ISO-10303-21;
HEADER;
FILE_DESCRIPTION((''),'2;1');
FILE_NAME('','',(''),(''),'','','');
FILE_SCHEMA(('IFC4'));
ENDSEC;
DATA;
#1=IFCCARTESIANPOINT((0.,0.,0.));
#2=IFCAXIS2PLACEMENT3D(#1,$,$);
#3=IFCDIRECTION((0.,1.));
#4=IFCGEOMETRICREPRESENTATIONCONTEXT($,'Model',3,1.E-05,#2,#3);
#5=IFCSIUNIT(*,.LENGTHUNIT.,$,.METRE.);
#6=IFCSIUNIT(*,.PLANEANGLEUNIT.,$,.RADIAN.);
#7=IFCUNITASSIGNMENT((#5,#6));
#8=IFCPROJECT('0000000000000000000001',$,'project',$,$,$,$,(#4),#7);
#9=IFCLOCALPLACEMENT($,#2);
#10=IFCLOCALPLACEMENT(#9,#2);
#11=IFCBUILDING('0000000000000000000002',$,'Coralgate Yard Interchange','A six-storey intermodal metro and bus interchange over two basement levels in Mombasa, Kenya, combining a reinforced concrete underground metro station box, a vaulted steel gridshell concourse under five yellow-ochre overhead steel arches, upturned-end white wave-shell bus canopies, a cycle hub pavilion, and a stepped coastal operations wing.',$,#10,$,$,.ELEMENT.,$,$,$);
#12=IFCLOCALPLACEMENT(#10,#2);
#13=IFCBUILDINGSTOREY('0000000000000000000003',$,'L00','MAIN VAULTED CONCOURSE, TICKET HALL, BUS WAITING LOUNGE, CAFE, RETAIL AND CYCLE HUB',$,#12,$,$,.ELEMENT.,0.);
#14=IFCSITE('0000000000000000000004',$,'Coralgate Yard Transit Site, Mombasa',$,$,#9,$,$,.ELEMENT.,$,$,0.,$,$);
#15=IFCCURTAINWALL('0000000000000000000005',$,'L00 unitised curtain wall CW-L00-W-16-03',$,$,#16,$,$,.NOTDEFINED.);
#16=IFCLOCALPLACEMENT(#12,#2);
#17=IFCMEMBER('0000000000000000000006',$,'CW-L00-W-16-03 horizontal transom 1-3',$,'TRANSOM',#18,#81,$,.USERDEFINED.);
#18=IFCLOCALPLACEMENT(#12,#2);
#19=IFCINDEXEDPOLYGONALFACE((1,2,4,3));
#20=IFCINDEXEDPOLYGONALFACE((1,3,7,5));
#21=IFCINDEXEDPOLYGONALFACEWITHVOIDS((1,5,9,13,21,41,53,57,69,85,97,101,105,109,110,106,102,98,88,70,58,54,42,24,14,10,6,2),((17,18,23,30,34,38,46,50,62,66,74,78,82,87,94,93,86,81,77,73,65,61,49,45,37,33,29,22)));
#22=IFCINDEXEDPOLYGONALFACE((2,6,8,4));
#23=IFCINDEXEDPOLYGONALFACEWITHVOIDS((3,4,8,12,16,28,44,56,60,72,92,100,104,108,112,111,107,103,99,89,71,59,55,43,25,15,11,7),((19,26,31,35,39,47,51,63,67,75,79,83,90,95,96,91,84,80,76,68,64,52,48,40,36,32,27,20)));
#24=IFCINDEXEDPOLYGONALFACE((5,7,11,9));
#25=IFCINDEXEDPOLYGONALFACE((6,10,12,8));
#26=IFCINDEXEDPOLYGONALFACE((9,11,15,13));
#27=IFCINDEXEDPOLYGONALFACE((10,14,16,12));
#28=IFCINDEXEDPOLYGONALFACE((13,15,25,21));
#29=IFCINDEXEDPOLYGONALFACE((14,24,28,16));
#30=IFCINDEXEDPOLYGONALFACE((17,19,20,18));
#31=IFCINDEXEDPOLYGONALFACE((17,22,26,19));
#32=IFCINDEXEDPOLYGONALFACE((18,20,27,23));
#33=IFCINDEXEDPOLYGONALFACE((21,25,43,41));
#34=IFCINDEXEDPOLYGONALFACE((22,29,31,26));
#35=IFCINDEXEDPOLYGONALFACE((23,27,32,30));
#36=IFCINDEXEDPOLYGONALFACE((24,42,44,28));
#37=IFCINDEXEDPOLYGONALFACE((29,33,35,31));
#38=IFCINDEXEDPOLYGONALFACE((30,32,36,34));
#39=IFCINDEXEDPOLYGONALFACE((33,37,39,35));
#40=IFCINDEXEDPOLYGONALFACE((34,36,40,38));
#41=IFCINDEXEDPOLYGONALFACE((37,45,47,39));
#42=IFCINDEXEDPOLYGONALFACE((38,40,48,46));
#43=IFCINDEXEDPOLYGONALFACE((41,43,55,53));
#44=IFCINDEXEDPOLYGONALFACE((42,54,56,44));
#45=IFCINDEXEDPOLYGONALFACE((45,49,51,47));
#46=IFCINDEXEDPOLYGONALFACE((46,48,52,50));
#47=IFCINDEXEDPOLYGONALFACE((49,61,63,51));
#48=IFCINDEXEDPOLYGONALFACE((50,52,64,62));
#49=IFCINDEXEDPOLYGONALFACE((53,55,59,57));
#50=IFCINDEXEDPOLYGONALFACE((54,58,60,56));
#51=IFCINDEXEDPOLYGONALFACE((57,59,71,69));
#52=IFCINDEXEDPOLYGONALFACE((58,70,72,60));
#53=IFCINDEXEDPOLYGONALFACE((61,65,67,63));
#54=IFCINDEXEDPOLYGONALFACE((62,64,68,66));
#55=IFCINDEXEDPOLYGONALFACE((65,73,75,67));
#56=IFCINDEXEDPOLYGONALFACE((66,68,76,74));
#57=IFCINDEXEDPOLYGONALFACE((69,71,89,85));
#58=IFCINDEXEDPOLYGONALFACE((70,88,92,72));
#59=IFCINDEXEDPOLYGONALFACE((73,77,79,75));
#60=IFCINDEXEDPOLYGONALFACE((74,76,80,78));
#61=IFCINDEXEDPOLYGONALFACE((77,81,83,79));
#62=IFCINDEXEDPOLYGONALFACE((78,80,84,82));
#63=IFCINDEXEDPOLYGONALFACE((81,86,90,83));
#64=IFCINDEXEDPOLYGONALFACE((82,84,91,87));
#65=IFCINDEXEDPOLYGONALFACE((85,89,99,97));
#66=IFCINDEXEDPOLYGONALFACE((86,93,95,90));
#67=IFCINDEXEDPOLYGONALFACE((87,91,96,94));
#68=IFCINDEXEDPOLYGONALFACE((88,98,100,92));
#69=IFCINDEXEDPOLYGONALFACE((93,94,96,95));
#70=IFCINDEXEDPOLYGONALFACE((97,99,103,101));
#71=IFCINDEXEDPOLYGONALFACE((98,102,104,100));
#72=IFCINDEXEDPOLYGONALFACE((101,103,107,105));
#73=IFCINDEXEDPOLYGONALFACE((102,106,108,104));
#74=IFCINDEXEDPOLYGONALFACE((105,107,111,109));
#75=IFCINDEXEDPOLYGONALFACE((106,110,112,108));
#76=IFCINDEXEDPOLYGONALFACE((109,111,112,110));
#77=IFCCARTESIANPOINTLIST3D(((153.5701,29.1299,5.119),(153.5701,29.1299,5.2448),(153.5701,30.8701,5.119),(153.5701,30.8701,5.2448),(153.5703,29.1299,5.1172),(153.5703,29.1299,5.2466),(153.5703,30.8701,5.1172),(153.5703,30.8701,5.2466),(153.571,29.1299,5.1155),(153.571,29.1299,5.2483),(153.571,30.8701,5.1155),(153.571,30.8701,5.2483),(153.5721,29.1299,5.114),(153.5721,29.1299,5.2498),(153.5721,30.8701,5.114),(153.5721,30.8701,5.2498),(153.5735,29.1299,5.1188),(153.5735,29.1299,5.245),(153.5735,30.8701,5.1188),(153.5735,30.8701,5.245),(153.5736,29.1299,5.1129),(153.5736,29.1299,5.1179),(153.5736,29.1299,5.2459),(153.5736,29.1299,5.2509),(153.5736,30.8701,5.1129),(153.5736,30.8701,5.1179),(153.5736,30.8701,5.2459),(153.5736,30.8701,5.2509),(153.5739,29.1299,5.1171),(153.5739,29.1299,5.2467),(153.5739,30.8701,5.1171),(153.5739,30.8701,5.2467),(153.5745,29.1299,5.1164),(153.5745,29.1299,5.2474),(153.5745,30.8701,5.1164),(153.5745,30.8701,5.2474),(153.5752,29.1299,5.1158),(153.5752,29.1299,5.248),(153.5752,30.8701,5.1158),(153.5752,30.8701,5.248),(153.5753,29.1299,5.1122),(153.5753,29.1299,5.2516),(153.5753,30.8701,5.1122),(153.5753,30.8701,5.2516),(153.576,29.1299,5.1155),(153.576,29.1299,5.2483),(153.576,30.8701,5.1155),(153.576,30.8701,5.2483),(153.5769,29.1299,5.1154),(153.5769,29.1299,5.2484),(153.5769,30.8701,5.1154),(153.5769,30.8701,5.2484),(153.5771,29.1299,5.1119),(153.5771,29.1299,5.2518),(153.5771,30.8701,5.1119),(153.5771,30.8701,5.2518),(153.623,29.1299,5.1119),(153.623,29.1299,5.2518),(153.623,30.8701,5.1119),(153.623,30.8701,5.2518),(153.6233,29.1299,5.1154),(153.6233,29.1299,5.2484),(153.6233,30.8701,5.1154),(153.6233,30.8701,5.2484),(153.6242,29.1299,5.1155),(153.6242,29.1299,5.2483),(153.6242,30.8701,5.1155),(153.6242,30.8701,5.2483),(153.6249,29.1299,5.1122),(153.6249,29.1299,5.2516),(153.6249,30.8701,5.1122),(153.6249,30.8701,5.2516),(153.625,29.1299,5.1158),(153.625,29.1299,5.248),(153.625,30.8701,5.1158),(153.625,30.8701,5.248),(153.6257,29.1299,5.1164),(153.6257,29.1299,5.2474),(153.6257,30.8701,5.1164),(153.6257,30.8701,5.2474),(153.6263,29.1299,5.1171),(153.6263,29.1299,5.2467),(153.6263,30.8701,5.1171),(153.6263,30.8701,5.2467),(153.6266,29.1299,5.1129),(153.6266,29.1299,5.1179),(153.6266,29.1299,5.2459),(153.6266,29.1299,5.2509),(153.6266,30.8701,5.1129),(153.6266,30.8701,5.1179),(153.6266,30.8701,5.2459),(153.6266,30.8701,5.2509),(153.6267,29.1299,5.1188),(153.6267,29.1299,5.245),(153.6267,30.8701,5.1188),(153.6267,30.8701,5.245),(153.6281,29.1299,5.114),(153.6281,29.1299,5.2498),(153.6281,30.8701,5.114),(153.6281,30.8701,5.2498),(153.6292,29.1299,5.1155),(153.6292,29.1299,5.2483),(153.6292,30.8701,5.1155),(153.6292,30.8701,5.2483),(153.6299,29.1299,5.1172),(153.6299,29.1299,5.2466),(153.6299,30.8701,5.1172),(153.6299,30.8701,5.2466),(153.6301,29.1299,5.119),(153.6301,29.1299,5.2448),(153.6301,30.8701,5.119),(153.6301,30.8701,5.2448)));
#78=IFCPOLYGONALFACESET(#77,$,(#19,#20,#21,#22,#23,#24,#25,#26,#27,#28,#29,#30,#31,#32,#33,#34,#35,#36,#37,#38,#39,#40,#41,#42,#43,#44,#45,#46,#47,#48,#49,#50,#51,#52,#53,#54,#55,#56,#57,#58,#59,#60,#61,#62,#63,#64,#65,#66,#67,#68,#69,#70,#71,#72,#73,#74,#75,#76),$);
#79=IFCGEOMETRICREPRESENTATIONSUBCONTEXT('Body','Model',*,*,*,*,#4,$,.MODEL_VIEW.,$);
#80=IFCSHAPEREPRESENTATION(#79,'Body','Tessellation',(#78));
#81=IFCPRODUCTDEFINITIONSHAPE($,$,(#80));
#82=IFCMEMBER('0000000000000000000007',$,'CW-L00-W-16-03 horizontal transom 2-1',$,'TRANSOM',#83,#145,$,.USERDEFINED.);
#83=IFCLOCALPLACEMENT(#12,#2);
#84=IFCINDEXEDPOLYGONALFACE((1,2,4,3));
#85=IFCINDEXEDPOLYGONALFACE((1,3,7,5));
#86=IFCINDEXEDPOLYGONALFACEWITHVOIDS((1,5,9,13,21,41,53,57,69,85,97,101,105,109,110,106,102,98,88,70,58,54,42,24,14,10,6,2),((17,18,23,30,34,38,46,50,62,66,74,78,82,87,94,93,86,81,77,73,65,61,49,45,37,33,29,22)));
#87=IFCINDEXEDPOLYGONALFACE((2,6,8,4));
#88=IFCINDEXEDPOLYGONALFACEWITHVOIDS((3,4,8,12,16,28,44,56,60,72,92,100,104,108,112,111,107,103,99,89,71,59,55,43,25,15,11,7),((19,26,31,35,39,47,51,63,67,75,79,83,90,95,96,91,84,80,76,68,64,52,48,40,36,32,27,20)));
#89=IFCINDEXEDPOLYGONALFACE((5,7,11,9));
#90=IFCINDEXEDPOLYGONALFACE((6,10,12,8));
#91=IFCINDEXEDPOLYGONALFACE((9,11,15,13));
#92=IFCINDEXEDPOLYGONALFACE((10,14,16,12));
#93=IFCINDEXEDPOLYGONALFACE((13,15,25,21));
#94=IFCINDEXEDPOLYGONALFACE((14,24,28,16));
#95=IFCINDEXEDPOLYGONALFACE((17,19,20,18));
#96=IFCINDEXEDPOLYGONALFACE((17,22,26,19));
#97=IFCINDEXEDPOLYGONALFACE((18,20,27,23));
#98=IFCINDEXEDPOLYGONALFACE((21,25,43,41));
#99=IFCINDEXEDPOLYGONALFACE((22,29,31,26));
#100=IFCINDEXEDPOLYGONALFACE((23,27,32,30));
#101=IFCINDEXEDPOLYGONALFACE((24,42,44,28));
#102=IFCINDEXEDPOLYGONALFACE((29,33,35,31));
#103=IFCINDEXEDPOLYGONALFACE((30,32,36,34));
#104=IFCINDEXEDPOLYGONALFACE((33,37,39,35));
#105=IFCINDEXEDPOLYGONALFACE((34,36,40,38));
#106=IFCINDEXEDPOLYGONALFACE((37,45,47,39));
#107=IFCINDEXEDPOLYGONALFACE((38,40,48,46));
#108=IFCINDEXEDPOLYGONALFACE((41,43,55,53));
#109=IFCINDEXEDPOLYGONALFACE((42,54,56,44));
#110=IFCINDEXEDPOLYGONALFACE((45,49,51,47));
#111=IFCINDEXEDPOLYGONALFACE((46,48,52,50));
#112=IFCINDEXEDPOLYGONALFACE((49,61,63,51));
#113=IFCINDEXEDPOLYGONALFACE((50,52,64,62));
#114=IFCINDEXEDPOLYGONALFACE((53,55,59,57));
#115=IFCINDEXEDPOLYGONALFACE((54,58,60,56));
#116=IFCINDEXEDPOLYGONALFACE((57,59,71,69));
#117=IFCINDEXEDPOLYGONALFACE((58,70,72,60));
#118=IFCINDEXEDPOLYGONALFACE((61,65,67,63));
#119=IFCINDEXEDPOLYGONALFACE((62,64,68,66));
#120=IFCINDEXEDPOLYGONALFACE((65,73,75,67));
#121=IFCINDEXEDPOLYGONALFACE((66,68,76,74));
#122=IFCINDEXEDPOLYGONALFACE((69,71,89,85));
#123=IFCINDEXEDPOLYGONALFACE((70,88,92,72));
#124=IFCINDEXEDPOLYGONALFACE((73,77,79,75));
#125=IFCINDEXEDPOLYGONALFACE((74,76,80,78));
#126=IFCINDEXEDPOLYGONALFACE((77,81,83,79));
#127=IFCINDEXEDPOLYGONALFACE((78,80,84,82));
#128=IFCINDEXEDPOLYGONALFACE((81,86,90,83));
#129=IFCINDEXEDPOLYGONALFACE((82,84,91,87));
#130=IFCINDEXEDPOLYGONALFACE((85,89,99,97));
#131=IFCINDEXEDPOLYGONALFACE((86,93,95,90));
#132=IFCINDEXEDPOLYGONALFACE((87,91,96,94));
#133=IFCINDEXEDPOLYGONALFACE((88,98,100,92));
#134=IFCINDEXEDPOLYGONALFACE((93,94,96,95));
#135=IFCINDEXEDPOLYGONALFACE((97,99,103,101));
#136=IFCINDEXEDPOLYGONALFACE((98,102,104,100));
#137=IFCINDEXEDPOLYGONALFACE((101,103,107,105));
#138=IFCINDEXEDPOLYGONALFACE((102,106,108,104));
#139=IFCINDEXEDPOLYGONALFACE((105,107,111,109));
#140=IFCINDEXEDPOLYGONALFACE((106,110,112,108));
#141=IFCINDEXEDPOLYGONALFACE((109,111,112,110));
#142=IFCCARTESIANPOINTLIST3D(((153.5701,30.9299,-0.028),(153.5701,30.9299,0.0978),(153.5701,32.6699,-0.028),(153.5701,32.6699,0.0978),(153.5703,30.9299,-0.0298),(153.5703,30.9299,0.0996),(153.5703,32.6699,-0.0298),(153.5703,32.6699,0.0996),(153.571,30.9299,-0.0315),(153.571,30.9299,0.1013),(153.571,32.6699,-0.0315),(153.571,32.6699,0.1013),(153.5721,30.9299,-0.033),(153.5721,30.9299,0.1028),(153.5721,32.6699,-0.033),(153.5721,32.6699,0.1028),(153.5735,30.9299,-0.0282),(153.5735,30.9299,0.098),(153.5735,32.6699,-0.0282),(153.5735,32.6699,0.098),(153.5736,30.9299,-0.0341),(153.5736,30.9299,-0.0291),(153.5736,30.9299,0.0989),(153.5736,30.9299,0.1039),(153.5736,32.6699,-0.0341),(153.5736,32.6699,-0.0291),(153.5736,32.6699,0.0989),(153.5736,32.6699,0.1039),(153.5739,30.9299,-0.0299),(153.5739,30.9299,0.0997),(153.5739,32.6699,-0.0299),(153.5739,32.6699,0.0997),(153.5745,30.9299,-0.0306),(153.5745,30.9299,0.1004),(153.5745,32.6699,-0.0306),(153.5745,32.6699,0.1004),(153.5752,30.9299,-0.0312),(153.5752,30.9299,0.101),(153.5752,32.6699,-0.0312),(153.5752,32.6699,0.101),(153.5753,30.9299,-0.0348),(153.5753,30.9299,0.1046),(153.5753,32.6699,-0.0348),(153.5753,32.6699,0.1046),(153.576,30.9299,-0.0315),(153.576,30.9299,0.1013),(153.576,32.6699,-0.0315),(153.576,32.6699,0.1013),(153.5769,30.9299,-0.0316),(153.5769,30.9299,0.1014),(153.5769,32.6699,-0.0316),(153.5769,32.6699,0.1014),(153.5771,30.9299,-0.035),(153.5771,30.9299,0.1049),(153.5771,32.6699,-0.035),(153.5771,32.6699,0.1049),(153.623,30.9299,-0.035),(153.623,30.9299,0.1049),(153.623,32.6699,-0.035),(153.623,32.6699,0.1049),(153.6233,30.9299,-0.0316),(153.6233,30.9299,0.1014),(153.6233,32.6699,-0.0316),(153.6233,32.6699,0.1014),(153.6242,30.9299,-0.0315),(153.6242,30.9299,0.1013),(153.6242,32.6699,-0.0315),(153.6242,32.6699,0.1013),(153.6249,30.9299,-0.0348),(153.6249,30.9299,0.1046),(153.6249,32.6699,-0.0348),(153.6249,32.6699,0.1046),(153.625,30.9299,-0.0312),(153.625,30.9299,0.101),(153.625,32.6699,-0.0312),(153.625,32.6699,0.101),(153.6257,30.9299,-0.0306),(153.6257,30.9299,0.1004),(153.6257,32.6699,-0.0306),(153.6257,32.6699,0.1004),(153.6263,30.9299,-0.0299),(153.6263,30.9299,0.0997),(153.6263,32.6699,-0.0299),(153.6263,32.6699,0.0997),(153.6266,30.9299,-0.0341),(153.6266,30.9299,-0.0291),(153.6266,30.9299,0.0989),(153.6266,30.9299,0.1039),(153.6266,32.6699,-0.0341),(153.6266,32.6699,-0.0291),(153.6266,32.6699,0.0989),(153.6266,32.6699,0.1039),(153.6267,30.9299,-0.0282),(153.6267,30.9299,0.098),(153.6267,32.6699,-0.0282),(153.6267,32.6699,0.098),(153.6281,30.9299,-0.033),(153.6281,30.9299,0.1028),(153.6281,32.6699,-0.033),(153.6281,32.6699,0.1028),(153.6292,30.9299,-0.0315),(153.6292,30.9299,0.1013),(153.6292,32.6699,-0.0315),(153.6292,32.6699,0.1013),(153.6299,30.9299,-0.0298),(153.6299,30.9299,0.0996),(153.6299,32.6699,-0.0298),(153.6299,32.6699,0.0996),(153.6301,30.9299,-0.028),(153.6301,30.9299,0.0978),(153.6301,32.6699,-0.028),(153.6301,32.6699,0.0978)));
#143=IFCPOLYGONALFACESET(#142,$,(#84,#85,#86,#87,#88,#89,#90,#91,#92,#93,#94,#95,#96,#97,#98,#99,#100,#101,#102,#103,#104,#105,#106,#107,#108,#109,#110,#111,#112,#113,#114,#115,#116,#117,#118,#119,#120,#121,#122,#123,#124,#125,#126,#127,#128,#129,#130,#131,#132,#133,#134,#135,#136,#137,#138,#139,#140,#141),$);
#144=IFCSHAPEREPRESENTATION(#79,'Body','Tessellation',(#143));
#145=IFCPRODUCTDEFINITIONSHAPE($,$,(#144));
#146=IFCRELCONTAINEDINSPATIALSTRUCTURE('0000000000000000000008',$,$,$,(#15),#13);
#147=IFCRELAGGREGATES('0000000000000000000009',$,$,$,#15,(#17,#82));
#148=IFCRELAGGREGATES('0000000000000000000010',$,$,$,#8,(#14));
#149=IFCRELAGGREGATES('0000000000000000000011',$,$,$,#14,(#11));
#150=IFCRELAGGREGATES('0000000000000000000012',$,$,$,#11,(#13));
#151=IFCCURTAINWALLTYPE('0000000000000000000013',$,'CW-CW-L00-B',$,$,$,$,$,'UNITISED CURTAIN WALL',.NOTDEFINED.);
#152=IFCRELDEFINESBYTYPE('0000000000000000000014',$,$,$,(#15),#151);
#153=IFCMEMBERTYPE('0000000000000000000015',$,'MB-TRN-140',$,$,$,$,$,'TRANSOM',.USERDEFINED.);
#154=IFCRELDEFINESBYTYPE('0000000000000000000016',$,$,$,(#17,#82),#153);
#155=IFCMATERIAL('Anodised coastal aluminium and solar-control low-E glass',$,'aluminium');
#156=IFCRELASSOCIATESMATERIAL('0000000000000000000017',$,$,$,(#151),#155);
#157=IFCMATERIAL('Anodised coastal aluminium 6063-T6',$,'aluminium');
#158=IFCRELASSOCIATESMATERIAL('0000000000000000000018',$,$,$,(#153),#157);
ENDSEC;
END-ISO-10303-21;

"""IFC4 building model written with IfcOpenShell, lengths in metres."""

from ifc_helpers import new_model, si_unit, direction, frame, origin, origin_2d, place, context, subcontext, project, spatial, hollow_rectangle, extrude, material, material_profile, profile_set, type_object, element, aggregate, save


model = new_model("IFC4")

# Units and contexts
model_context = context("Model", 3, precision=1e-05, world=origin(), true_north=direction((0.0, 1.0)))
body_context = subcontext(model_context, "Body", "Model", "MODEL_VIEW")
ifc_project = project(units=[si_unit("LENGTHUNIT", "METRE"), si_unit("PLANEANGLEUNIT", "RADIAN")], contexts=[model_context])

# Site, building, storey
site_placement = place(None, origin())
site = spatial("IfcSite", under=ifc_project, at=site_placement, Name="Coralgate Yard Transit Site, Mombasa", CompositionType="ELEMENT", RefElevation=0.0)
building_placement = place(site_placement, origin())
building = spatial("IfcBuilding", under=site, at=building_placement, Name="Coralgate Yard Interchange", Description="A six-storey intermodal metro and bus interchange over two basement levels in Mombasa, Kenya, combining a reinforced concrete underground metro station box, a vaulted steel gridshell concourse under five yellow-ochre overhead steel arches, upturned-end white wave-shell bus canopies, a cycle hub pavilion, and a stepped coastal operations wing.", CompositionType="ELEMENT")
storey_placement = place(building_placement, origin())
storey = spatial("IfcBuildingStorey", under=building, at=storey_placement, Name="L00", Description="MAIN VAULTED CONCOURSE, TICKET HALL, BUS WAITING LOUNGE, CAFE, RETAIL AND CYCLE HUB", CompositionType="ELEMENT", Elevation=0.0)

# Curtain wall, members
ifc_material_1 = material(Name="Anodised coastal aluminium and solar-control low-E glass", Category="aluminium")
curtain_wall_type = type_object("IfcCurtainWallType", Name="CW-CW-L00-B", ElementType="UNITISED CURTAIN WALL", PredefinedType="NOTDEFINED", material=ifc_material_1)
curtain_wall_placement = place(storey_placement, origin())
curtain_wall = element("IfcCurtainWall", 1, at=curtain_wall_placement, inside=storey, type_object=curtain_wall_type, Name="L00 unitised curtain wall CW-L00-W-16-03", PredefinedType="NOTDEFINED")
ifc_material_2 = material(Name="Anodised coastal aluminium 6063-T6", Category="aluminium")
ifc_material_profile_1 = material_profile(ifc_material_2, hollow_rectangle(XDim=0.0601, YDim=0.1399, WallThickness=0.0034, InnerFilletRadius=0.0034, OuterFilletRadius=0.0071, at=origin_2d()), Name="ALU 60x140x3.5")
ifc_profile_set_1 = profile_set([ifc_material_profile_1], Name="Anodised coastal aluminium 6063-T6")
member_type_1 = type_object("IfcMemberType", Name="MB-TRN-140", ElementType="TRANSOM", PredefinedType="USERDEFINED", material=ifc_profile_set_1)
member_1_placement = place(storey_placement, frame((153.6001, 29.1299, 5.1819), z_axis=(0.0, 1.0, 0.0), x_axis=(-1.0, 0.0, 0.0)))
member_1 = element("IfcMember", 2, at=member_1_placement, type_object=member_type_1, Name="CW-L00-W-16-03 horizontal transom 1-3", ObjectType="TRANSOM", PredefinedType="USERDEFINED", context=body_context, shape_type="SweptSolid", body=[
    extrude(hollow_rectangle(XDim=0.0601, YDim=0.1399, WallThickness=0.0034, InnerFilletRadius=0.0034, OuterFilletRadius=0.0071, at=origin_2d()), origin(), (0.0, 0.0, 1.0), 1.7402),
])
member_2_placement = place(storey_placement, frame((153.6001, 30.9299, 0.0349), z_axis=(0.0, 1.0, 0.0), x_axis=(-1.0, 0.0, 0.0)))
member_2 = element("IfcMember", 3, at=member_2_placement, type_object=member_type_1, Name="CW-L00-W-16-03 horizontal transom 2-1", ObjectType="TRANSOM", PredefinedType="USERDEFINED", context=body_context, shape_type="SweptSolid", body=[
    extrude(hollow_rectangle(XDim=0.0601, YDim=0.1399, WallThickness=0.0034, InnerFilletRadius=0.0034, OuterFilletRadius=0.0071, at=origin_2d()), origin(), (0.0, 0.0, 1.0), 1.74),
])
aggregate(curtain_wall, [member_1, member_2])

save(model, "model.ifc")
